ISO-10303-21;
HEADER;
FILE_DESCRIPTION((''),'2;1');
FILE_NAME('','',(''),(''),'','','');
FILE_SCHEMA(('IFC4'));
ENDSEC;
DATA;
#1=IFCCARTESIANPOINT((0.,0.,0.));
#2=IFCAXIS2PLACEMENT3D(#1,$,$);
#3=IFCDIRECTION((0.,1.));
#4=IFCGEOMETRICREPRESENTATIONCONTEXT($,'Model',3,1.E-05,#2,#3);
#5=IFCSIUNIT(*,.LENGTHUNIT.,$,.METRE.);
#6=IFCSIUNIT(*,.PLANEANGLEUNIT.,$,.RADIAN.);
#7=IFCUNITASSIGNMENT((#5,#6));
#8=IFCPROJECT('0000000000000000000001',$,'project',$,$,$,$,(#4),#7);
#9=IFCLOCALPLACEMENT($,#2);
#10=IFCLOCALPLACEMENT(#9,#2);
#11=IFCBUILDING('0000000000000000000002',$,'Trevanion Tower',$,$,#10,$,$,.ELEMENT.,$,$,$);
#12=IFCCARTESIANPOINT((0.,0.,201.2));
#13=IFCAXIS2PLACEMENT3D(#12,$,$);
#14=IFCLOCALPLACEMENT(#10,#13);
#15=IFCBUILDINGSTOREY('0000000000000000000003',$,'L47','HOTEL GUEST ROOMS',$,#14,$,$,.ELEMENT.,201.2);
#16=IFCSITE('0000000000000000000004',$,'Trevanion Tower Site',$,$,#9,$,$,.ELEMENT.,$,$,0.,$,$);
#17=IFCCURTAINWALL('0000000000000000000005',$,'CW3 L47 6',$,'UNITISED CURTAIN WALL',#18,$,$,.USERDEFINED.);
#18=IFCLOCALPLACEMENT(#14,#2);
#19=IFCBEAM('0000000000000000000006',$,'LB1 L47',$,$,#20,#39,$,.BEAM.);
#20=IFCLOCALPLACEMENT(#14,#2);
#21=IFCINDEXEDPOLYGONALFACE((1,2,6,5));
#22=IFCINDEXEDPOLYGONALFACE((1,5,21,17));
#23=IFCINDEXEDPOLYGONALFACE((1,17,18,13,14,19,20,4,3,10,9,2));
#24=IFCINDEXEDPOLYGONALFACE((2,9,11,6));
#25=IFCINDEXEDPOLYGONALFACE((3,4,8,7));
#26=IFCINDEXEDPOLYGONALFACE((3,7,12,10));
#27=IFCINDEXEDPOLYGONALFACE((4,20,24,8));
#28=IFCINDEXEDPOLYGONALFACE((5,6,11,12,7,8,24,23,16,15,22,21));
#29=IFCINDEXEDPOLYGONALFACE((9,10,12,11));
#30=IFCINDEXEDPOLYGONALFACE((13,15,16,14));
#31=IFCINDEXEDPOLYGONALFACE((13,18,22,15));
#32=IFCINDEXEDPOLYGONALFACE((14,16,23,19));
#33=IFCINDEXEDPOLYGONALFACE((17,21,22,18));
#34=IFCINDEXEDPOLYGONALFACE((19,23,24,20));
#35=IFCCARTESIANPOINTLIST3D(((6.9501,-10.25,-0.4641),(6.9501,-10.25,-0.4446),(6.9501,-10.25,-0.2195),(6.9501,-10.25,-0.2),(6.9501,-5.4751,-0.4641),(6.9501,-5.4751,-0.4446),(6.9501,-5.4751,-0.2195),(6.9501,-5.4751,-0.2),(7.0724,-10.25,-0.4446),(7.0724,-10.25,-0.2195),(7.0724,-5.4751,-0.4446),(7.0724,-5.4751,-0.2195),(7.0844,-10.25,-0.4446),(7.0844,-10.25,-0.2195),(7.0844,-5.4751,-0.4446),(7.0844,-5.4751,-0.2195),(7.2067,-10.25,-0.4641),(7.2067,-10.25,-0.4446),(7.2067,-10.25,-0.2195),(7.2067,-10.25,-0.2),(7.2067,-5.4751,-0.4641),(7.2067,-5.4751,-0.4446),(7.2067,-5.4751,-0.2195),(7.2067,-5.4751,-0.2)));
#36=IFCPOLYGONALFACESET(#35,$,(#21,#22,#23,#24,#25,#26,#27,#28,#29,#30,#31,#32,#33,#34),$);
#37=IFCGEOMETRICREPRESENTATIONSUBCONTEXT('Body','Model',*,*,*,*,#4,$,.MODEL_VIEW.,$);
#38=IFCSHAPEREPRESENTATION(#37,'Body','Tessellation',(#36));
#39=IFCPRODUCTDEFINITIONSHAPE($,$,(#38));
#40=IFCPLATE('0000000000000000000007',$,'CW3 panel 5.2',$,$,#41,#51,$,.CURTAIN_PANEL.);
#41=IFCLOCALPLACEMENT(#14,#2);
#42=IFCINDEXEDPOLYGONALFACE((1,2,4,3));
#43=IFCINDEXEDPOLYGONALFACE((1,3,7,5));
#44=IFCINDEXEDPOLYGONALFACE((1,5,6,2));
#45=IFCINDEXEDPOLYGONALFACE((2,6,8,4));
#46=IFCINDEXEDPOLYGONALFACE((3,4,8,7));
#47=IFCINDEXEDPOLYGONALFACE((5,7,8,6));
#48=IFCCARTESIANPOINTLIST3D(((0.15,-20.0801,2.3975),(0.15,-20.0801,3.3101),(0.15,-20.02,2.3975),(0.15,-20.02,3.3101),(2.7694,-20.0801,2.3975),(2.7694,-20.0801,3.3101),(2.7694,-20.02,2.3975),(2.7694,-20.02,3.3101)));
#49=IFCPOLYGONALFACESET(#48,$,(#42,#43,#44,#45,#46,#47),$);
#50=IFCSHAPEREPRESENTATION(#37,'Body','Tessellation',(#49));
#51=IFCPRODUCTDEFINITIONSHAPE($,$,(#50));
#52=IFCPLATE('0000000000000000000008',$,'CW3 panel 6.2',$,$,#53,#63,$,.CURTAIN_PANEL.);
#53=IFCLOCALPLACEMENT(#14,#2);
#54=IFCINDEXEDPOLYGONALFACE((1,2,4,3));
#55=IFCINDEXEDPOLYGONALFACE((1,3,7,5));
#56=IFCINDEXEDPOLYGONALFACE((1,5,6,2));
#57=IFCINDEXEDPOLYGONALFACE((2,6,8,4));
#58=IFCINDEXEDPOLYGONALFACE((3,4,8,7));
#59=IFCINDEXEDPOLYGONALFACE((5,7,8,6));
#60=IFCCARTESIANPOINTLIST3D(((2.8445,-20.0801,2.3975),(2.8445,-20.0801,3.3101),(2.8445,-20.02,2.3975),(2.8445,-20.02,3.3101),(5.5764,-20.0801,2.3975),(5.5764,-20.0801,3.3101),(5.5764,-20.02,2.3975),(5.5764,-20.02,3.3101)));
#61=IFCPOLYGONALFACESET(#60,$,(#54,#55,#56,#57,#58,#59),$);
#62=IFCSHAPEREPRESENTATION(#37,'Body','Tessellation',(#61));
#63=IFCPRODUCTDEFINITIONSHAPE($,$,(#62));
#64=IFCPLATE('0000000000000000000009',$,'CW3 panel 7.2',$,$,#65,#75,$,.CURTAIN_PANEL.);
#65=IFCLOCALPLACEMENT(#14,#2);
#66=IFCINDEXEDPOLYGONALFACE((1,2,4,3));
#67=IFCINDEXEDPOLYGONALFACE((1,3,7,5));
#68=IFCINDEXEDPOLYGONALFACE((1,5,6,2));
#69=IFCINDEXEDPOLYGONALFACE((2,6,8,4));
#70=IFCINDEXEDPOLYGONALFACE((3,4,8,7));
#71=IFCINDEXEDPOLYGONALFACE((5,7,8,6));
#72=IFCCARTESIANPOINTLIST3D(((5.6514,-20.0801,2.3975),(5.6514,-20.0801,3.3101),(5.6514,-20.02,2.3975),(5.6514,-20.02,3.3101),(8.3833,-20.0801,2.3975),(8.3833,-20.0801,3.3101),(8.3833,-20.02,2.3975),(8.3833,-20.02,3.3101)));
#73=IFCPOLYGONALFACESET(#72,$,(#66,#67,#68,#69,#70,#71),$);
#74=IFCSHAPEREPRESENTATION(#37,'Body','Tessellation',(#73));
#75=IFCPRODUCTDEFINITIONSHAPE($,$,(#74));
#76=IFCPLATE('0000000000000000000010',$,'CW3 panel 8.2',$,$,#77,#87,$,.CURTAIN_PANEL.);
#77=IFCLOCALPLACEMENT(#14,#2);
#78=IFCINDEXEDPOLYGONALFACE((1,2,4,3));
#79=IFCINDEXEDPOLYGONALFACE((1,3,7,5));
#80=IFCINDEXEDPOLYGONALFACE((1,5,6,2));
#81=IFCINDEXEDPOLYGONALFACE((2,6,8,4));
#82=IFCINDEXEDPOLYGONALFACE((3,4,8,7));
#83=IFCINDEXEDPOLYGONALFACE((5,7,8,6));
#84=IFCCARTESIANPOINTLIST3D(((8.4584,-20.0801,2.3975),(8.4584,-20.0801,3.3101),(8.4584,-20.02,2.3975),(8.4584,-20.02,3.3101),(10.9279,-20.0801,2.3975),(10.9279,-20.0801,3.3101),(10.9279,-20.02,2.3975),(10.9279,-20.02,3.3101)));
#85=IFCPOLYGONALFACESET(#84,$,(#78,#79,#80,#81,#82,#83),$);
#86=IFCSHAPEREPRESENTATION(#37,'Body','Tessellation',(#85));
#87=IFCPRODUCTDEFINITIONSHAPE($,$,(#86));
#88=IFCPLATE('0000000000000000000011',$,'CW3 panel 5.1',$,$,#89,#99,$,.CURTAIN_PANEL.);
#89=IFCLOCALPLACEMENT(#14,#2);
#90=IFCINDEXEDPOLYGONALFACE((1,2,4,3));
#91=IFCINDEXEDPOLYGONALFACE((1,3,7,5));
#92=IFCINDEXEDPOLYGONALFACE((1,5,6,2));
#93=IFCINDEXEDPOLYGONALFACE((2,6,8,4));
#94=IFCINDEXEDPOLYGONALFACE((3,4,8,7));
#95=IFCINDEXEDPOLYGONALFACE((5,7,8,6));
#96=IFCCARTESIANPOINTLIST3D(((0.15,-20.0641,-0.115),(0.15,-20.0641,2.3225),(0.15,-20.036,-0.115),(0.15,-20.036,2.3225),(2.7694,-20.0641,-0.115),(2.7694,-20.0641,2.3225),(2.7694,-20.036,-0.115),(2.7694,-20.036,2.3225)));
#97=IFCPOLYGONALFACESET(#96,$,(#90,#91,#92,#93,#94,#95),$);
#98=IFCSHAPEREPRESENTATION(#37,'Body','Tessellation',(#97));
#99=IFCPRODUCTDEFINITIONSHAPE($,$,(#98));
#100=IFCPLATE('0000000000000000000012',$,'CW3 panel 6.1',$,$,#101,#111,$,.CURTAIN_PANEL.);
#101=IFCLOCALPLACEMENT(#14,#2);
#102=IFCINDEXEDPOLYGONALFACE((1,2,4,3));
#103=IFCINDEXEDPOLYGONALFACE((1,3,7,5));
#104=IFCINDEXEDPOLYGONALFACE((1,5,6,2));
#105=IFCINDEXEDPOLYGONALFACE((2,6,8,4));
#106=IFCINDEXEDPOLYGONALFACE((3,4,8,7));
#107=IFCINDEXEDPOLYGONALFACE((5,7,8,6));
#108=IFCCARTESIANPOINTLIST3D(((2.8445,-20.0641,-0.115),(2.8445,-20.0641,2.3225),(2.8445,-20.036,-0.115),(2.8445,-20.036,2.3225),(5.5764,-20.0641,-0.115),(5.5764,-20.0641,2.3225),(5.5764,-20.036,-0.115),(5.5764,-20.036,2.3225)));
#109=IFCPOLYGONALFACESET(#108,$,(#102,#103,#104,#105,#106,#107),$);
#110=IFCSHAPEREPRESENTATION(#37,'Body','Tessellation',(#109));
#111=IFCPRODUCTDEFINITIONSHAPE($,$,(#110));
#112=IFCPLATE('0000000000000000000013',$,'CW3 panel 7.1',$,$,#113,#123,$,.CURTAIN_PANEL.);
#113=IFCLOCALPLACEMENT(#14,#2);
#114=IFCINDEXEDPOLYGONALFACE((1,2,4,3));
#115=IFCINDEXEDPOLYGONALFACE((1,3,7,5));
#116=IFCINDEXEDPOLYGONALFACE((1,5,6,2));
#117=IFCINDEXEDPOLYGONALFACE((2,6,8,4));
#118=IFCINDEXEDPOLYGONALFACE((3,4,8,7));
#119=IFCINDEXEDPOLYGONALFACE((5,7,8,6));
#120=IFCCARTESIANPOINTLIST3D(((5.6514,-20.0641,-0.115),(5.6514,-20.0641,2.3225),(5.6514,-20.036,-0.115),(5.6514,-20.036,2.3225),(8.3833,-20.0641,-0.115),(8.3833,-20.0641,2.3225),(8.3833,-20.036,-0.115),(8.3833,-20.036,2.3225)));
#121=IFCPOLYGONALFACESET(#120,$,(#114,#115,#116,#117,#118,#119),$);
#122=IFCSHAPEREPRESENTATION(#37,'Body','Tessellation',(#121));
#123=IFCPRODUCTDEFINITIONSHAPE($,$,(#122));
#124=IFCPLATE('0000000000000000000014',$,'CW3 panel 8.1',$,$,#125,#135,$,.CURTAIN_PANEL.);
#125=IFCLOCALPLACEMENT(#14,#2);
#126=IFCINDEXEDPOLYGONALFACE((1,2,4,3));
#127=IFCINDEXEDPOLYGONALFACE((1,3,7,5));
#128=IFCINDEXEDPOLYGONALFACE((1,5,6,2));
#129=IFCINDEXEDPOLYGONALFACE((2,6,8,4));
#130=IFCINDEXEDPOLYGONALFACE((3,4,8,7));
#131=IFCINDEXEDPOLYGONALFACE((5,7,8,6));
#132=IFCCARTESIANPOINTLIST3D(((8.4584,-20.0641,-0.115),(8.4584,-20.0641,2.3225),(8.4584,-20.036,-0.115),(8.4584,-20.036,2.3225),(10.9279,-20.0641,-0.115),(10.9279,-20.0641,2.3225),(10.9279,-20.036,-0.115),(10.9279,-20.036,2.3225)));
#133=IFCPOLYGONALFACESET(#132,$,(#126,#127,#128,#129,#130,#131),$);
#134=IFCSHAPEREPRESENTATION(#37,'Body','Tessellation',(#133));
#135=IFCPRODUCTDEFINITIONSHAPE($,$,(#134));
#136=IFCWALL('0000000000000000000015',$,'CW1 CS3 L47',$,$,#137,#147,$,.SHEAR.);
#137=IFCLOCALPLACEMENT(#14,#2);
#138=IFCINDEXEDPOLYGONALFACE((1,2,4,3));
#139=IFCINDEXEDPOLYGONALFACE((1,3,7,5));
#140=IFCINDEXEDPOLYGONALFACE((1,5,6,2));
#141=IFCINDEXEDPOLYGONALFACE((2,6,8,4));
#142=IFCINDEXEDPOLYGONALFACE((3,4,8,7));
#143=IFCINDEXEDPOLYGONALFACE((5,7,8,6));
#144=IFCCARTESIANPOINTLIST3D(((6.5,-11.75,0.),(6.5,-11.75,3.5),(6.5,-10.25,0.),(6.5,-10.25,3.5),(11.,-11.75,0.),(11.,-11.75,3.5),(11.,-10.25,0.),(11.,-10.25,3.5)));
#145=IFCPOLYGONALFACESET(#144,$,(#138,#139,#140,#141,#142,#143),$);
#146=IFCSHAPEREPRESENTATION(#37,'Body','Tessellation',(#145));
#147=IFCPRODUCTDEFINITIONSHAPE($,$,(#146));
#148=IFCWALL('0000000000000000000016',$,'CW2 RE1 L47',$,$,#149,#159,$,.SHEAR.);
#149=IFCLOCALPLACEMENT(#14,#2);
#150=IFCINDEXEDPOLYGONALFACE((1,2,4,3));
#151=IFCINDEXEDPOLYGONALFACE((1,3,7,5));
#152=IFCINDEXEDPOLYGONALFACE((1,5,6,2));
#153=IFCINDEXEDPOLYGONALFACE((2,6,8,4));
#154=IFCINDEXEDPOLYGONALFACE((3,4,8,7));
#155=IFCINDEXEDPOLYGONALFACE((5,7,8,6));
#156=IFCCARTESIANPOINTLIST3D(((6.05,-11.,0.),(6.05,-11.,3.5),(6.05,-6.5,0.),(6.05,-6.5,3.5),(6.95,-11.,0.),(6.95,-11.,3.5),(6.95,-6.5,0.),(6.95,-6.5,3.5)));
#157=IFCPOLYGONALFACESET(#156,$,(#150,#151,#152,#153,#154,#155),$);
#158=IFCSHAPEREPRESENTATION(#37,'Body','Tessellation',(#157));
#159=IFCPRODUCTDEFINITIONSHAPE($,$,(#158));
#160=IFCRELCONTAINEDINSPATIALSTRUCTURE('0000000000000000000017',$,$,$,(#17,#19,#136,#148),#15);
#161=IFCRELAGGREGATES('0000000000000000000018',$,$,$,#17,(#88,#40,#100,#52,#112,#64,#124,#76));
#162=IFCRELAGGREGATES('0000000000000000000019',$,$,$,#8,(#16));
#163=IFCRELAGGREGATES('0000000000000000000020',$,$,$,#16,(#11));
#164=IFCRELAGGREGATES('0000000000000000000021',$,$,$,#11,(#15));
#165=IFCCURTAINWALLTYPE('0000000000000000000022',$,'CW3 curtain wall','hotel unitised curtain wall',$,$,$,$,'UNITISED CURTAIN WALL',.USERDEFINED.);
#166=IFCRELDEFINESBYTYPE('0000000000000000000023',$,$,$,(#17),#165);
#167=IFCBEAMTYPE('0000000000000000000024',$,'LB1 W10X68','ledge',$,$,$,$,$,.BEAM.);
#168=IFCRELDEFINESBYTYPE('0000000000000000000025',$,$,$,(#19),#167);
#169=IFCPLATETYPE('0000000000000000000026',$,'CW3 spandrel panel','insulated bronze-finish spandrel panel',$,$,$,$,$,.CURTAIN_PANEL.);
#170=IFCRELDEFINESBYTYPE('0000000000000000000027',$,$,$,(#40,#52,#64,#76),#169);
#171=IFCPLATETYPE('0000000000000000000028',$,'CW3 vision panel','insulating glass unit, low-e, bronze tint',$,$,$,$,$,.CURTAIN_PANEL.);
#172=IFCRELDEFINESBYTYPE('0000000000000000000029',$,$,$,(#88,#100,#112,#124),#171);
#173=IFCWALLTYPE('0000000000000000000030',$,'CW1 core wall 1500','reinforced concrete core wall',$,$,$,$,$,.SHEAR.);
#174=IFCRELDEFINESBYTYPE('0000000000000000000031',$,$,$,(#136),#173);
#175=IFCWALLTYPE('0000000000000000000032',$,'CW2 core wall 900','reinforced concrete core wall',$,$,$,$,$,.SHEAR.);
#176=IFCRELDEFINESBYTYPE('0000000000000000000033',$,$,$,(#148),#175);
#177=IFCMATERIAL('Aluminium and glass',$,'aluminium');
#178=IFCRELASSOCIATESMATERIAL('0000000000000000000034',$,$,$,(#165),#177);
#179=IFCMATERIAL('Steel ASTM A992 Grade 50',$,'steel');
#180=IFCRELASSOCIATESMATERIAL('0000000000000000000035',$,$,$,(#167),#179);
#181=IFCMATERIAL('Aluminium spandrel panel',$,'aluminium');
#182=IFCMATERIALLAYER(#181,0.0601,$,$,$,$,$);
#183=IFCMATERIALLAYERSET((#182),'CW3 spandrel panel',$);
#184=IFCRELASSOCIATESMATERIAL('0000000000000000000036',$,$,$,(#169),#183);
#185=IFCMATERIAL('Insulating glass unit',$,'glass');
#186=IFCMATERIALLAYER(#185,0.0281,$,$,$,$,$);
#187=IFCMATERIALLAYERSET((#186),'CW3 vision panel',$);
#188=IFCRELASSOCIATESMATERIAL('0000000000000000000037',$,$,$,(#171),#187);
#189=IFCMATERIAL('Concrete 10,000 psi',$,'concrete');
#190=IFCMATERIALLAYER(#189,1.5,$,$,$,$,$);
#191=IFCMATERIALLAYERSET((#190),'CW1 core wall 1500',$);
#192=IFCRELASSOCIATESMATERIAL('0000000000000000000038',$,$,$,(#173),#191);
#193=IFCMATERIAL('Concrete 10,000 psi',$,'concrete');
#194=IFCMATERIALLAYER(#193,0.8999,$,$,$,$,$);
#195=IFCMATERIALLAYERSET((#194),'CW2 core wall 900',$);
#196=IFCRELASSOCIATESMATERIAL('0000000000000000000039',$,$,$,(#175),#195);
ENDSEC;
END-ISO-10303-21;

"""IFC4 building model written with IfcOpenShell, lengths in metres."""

from ifc_helpers import new_model, si_unit, direction, frame, frame_2d, origin, origin_2d, place, context, subcontext, project, spatial, rectangle, i_section, extrude, material, layer, layer_set, material_profile, profile_set, type_object, element, aggregate, save


model = new_model("IFC4")

# Units and contexts
model_context = context("Model", 3, precision=1e-05, world=origin(), true_north=direction((0.0, 1.0)))
body_context = subcontext(model_context, "Body", "Model", "MODEL_VIEW")
ifc_project = project(units=[si_unit("LENGTHUNIT", "METRE"), si_unit("PLANEANGLEUNIT", "RADIAN")], contexts=[model_context])

# Site, building, storey
site_placement = place(None, origin())
site = spatial("IfcSite", under=ifc_project, at=site_placement, Name="Trevanion Tower Site", CompositionType="ELEMENT", RefElevation=0.0)
building_placement = place(site_placement, origin())
building = spatial("IfcBuilding", under=site, at=building_placement, Name="Trevanion Tower", CompositionType="ELEMENT")
storey_placement = place(building_placement, frame((0.0, 0.0, 201.2)))
storey = spatial("IfcBuildingStorey", under=building, at=storey_placement, Name="L47", Description="HOTEL GUEST ROOMS", CompositionType="ELEMENT", Elevation=201.2)

# Curtain wall
ifc_material_1 = material(Name="Aluminium and glass", Category="aluminium")
curtain_wall_type = type_object("IfcCurtainWallType", Name="CW3 curtain wall", Description="hotel unitised curtain wall", ElementType="UNITISED CURTAIN WALL", PredefinedType="USERDEFINED", material=ifc_material_1)
curtain_wall_placement = place(storey_placement, origin())
curtain_wall = element("IfcCurtainWall", 1, at=curtain_wall_placement, inside=storey, type_object=curtain_wall_type, Name="CW3 L47 6", ObjectType="UNITISED CURTAIN WALL", PredefinedType="USERDEFINED")

# Beam
ifc_material_2 = material(Name="Steel ASTM A992 Grade 50", Category="steel")
ifc_material_profile_1 = material_profile(ifc_material_2, i_section(OverallWidth=0.2566, OverallDepth=0.2642, WebThickness=0.012, FlangeThickness=0.0195, at=origin_2d()), Name="W10X68")
ifc_profile_set_1 = profile_set([ifc_material_profile_1], Name="Steel ASTM A992 Grade 50")
beam_type_1 = type_object("IfcBeamType", Name="LB1 W10X68", Description="ledge", PredefinedType="BEAM", material=ifc_profile_set_1)
beam_placement = place(storey_placement, frame((7.0784, -10.25, -0.332), z_axis=(0.0, 1.0, 0.0), x_axis=(-1.0, 0.0, 0.0)))
element("IfcBeam", 2, at=beam_placement, inside=storey, type_object=beam_type_1, Name="LB1 L47", PredefinedType="BEAM", context=body_context, shape_type="SweptSolid", body=[
    extrude(i_section(OverallWidth=0.2566, OverallDepth=0.2642, WebThickness=0.012, FlangeThickness=0.0195, at=origin_2d()), origin(), (0.0, 0.0, 1.0), 4.7749),
])

# Plates
ifc_material_3 = material(Name="Aluminium spandrel panel", Category="aluminium")
ifc_layer_1 = layer(ifc_material_3, 0.0601)
ifc_layer_set_1 = layer_set([ifc_layer_1], Name="CW3 spandrel panel")
plate_type_1 = type_object("IfcPlateType", Name="CW3 spandrel panel", Description="insulated bronze-finish spandrel panel", PredefinedType="CURTAIN_PANEL", material=ifc_layer_set_1)
plate_1_placement = place(storey_placement, frame((1.4597, -20.05, 2.3975), z_axis=(0.0, 0.0, 1.0), x_axis=(1.0, 0.0, 0.0)))
plate_1 = element("IfcPlate", 3, at=plate_1_placement, type_object=plate_type_1, Name="CW3 panel 5.2", PredefinedType="CURTAIN_PANEL", context=body_context, shape_type="SweptSolid", body=[
    extrude(rectangle(XDim=2.6194, YDim=0.0601, at=origin_2d()), origin(), (0.0, 0.0, 1.0), 0.9126),
])
plate_2_placement = place(storey_placement, frame((4.2104, -20.05, 2.3975), z_axis=(0.0, 0.0, 1.0), x_axis=(1.0, 0.0, 0.0)))
plate_2 = element("IfcPlate", 4, at=plate_2_placement, type_object=plate_type_1, Name="CW3 panel 6.2", PredefinedType="CURTAIN_PANEL", context=body_context, shape_type="SweptSolid", body=[
    extrude(rectangle(XDim=2.7319, YDim=0.0601, at=origin_2d()), origin(), (0.0, 0.0, 1.0), 0.9126),
])
plate_3_placement = place(storey_placement, frame((7.0173, -20.05, 2.3975), z_axis=(0.0, 0.0, 1.0), x_axis=(1.0, 0.0, 0.0)))
plate_3 = element("IfcPlate", 5, at=plate_3_placement, type_object=plate_type_1, Name="CW3 panel 7.2", PredefinedType="CURTAIN_PANEL", context=body_context, shape_type="SweptSolid", body=[
    extrude(rectangle(XDim=2.7319, YDim=0.0601, at=origin_2d()), origin(), (0.0, 0.0, 1.0), 0.9126),
])
plate_4_placement = place(storey_placement, frame((9.6931, -20.05, 2.3975), z_axis=(0.0, 0.0, 1.0), x_axis=(1.0, 0.0, 0.0)))
plate_4 = element("IfcPlate", 6, at=plate_4_placement, type_object=plate_type_1, Name="CW3 panel 8.2", PredefinedType="CURTAIN_PANEL", context=body_context, shape_type="SweptSolid", body=[
    extrude(rectangle(XDim=2.4695, YDim=0.0601, at=origin_2d()), origin(), (0.0, 0.0, 1.0), 0.9126),
])
ifc_material_4 = material(Name="Insulating glass unit", Category="glass")
ifc_layer_2 = layer(ifc_material_4, 0.0281)
ifc_layer_set_2 = layer_set([ifc_layer_2], Name="CW3 vision panel")
plate_type_2 = type_object("IfcPlateType", Name="CW3 vision panel", Description="insulating glass unit, low-e, bronze tint", PredefinedType="CURTAIN_PANEL", material=ifc_layer_set_2)
plate_5_placement = place(storey_placement, frame((1.4597, -20.05, -0.115), z_axis=(0.0, 0.0, 1.0), x_axis=(1.0, 0.0, 0.0)))
plate_5 = element("IfcPlate", 7, at=plate_5_placement, type_object=plate_type_2, Name="CW3 panel 5.1", PredefinedType="CURTAIN_PANEL", context=body_context, shape_type="SweptSolid", body=[
    extrude(rectangle(XDim=2.6194, YDim=0.0281, at=origin_2d()), origin(), (0.0, 0.0, 1.0), 2.4375),
])
plate_6_placement = place(storey_placement, frame((4.2104, -20.05, -0.115), z_axis=(0.0, 0.0, 1.0), x_axis=(1.0, 0.0, 0.0)))
plate_6 = element("IfcPlate", 8, at=plate_6_placement, type_object=plate_type_2, Name="CW3 panel 6.1", PredefinedType="CURTAIN_PANEL", context=body_context, shape_type="SweptSolid", body=[
    extrude(rectangle(XDim=2.7319, YDim=0.0281, at=origin_2d()), origin(), (0.0, 0.0, 1.0), 2.4375),
])
plate_7_placement = place(storey_placement, frame((7.0173, -20.05, -0.115), z_axis=(0.0, 0.0, 1.0), x_axis=(1.0, 0.0, 0.0)))
plate_7 = element("IfcPlate", 9, at=plate_7_placement, type_object=plate_type_2, Name="CW3 panel 7.1", PredefinedType="CURTAIN_PANEL", context=body_context, shape_type="SweptSolid", body=[
    extrude(rectangle(XDim=2.7319, YDim=0.0281, at=origin_2d()), origin(), (0.0, 0.0, 1.0), 2.4375),
])
plate_8_placement = place(storey_placement, frame((9.6931, -20.05, -0.115), z_axis=(0.0, 0.0, 1.0), x_axis=(1.0, 0.0, 0.0)))
plate_8 = element("IfcPlate", 10, at=plate_8_placement, type_object=plate_type_2, Name="CW3 panel 8.1", PredefinedType="CURTAIN_PANEL", context=body_context, shape_type="SweptSolid", body=[
    extrude(rectangle(XDim=2.4695, YDim=0.0281, at=origin_2d()), origin(), (0.0, 0.0, 1.0), 2.4375),
])
aggregate(curtain_wall, [plate_5, plate_1, plate_6, plate_2, plate_7, plate_3, plate_8, plate_4])

# Walls
ifc_material_5 = material(Name="Concrete 10,000 psi", Category="concrete")
ifc_layer_3 = layer(ifc_material_5, 1.5)
ifc_layer_set_3 = layer_set([ifc_layer_3], Name="CW1 core wall 1500")
wall_type_1 = type_object("IfcWallType", Name="CW1 core wall 1500", Description="reinforced concrete core wall", PredefinedType="SHEAR", material=ifc_layer_set_3)
wall_1_placement = place(storey_placement, frame((6.5, -11.0, 0.0), z_axis=(0.0, 0.0, 1.0), x_axis=(1.0, 0.0, 0.0)))
element("IfcWall", 11, at=wall_1_placement, inside=storey, type_object=wall_type_1, Name="CW1 CS3 L47", PredefinedType="SHEAR", context=body_context, shape_type="SweptSolid", body=[
    extrude(rectangle(XDim=4.5, YDim=1.5, at=frame_2d((2.25, 0.0))), origin(), (0.0, 0.0, 1.0), 3.5),
])
ifc_material_6 = material(Name="Concrete 10,000 psi", Category="concrete")
ifc_layer_4 = layer(ifc_material_6, 0.8999)
ifc_layer_set_4 = layer_set([ifc_layer_4], Name="CW2 core wall 900")
wall_type_2 = type_object("IfcWallType", Name="CW2 core wall 900", Description="reinforced concrete core wall", PredefinedType="SHEAR", material=ifc_layer_set_4)
wall_2_placement = place(storey_placement, frame((6.5, -11.0, 0.0), z_axis=(0.0, 0.0, 1.0), x_axis=(0.0, 1.0, 0.0)))
element("IfcWall", 12, at=wall_2_placement, inside=storey, type_object=wall_type_2, Name="CW2 RE1 L47", PredefinedType="SHEAR", context=body_context, shape_type="SweptSolid", body=[
    extrude(rectangle(XDim=4.5, YDim=0.8999, at=frame_2d((2.25, 0.0))), origin(), (0.0, 0.0, 1.0), 3.5),
])

save(model, "model.ifc")
